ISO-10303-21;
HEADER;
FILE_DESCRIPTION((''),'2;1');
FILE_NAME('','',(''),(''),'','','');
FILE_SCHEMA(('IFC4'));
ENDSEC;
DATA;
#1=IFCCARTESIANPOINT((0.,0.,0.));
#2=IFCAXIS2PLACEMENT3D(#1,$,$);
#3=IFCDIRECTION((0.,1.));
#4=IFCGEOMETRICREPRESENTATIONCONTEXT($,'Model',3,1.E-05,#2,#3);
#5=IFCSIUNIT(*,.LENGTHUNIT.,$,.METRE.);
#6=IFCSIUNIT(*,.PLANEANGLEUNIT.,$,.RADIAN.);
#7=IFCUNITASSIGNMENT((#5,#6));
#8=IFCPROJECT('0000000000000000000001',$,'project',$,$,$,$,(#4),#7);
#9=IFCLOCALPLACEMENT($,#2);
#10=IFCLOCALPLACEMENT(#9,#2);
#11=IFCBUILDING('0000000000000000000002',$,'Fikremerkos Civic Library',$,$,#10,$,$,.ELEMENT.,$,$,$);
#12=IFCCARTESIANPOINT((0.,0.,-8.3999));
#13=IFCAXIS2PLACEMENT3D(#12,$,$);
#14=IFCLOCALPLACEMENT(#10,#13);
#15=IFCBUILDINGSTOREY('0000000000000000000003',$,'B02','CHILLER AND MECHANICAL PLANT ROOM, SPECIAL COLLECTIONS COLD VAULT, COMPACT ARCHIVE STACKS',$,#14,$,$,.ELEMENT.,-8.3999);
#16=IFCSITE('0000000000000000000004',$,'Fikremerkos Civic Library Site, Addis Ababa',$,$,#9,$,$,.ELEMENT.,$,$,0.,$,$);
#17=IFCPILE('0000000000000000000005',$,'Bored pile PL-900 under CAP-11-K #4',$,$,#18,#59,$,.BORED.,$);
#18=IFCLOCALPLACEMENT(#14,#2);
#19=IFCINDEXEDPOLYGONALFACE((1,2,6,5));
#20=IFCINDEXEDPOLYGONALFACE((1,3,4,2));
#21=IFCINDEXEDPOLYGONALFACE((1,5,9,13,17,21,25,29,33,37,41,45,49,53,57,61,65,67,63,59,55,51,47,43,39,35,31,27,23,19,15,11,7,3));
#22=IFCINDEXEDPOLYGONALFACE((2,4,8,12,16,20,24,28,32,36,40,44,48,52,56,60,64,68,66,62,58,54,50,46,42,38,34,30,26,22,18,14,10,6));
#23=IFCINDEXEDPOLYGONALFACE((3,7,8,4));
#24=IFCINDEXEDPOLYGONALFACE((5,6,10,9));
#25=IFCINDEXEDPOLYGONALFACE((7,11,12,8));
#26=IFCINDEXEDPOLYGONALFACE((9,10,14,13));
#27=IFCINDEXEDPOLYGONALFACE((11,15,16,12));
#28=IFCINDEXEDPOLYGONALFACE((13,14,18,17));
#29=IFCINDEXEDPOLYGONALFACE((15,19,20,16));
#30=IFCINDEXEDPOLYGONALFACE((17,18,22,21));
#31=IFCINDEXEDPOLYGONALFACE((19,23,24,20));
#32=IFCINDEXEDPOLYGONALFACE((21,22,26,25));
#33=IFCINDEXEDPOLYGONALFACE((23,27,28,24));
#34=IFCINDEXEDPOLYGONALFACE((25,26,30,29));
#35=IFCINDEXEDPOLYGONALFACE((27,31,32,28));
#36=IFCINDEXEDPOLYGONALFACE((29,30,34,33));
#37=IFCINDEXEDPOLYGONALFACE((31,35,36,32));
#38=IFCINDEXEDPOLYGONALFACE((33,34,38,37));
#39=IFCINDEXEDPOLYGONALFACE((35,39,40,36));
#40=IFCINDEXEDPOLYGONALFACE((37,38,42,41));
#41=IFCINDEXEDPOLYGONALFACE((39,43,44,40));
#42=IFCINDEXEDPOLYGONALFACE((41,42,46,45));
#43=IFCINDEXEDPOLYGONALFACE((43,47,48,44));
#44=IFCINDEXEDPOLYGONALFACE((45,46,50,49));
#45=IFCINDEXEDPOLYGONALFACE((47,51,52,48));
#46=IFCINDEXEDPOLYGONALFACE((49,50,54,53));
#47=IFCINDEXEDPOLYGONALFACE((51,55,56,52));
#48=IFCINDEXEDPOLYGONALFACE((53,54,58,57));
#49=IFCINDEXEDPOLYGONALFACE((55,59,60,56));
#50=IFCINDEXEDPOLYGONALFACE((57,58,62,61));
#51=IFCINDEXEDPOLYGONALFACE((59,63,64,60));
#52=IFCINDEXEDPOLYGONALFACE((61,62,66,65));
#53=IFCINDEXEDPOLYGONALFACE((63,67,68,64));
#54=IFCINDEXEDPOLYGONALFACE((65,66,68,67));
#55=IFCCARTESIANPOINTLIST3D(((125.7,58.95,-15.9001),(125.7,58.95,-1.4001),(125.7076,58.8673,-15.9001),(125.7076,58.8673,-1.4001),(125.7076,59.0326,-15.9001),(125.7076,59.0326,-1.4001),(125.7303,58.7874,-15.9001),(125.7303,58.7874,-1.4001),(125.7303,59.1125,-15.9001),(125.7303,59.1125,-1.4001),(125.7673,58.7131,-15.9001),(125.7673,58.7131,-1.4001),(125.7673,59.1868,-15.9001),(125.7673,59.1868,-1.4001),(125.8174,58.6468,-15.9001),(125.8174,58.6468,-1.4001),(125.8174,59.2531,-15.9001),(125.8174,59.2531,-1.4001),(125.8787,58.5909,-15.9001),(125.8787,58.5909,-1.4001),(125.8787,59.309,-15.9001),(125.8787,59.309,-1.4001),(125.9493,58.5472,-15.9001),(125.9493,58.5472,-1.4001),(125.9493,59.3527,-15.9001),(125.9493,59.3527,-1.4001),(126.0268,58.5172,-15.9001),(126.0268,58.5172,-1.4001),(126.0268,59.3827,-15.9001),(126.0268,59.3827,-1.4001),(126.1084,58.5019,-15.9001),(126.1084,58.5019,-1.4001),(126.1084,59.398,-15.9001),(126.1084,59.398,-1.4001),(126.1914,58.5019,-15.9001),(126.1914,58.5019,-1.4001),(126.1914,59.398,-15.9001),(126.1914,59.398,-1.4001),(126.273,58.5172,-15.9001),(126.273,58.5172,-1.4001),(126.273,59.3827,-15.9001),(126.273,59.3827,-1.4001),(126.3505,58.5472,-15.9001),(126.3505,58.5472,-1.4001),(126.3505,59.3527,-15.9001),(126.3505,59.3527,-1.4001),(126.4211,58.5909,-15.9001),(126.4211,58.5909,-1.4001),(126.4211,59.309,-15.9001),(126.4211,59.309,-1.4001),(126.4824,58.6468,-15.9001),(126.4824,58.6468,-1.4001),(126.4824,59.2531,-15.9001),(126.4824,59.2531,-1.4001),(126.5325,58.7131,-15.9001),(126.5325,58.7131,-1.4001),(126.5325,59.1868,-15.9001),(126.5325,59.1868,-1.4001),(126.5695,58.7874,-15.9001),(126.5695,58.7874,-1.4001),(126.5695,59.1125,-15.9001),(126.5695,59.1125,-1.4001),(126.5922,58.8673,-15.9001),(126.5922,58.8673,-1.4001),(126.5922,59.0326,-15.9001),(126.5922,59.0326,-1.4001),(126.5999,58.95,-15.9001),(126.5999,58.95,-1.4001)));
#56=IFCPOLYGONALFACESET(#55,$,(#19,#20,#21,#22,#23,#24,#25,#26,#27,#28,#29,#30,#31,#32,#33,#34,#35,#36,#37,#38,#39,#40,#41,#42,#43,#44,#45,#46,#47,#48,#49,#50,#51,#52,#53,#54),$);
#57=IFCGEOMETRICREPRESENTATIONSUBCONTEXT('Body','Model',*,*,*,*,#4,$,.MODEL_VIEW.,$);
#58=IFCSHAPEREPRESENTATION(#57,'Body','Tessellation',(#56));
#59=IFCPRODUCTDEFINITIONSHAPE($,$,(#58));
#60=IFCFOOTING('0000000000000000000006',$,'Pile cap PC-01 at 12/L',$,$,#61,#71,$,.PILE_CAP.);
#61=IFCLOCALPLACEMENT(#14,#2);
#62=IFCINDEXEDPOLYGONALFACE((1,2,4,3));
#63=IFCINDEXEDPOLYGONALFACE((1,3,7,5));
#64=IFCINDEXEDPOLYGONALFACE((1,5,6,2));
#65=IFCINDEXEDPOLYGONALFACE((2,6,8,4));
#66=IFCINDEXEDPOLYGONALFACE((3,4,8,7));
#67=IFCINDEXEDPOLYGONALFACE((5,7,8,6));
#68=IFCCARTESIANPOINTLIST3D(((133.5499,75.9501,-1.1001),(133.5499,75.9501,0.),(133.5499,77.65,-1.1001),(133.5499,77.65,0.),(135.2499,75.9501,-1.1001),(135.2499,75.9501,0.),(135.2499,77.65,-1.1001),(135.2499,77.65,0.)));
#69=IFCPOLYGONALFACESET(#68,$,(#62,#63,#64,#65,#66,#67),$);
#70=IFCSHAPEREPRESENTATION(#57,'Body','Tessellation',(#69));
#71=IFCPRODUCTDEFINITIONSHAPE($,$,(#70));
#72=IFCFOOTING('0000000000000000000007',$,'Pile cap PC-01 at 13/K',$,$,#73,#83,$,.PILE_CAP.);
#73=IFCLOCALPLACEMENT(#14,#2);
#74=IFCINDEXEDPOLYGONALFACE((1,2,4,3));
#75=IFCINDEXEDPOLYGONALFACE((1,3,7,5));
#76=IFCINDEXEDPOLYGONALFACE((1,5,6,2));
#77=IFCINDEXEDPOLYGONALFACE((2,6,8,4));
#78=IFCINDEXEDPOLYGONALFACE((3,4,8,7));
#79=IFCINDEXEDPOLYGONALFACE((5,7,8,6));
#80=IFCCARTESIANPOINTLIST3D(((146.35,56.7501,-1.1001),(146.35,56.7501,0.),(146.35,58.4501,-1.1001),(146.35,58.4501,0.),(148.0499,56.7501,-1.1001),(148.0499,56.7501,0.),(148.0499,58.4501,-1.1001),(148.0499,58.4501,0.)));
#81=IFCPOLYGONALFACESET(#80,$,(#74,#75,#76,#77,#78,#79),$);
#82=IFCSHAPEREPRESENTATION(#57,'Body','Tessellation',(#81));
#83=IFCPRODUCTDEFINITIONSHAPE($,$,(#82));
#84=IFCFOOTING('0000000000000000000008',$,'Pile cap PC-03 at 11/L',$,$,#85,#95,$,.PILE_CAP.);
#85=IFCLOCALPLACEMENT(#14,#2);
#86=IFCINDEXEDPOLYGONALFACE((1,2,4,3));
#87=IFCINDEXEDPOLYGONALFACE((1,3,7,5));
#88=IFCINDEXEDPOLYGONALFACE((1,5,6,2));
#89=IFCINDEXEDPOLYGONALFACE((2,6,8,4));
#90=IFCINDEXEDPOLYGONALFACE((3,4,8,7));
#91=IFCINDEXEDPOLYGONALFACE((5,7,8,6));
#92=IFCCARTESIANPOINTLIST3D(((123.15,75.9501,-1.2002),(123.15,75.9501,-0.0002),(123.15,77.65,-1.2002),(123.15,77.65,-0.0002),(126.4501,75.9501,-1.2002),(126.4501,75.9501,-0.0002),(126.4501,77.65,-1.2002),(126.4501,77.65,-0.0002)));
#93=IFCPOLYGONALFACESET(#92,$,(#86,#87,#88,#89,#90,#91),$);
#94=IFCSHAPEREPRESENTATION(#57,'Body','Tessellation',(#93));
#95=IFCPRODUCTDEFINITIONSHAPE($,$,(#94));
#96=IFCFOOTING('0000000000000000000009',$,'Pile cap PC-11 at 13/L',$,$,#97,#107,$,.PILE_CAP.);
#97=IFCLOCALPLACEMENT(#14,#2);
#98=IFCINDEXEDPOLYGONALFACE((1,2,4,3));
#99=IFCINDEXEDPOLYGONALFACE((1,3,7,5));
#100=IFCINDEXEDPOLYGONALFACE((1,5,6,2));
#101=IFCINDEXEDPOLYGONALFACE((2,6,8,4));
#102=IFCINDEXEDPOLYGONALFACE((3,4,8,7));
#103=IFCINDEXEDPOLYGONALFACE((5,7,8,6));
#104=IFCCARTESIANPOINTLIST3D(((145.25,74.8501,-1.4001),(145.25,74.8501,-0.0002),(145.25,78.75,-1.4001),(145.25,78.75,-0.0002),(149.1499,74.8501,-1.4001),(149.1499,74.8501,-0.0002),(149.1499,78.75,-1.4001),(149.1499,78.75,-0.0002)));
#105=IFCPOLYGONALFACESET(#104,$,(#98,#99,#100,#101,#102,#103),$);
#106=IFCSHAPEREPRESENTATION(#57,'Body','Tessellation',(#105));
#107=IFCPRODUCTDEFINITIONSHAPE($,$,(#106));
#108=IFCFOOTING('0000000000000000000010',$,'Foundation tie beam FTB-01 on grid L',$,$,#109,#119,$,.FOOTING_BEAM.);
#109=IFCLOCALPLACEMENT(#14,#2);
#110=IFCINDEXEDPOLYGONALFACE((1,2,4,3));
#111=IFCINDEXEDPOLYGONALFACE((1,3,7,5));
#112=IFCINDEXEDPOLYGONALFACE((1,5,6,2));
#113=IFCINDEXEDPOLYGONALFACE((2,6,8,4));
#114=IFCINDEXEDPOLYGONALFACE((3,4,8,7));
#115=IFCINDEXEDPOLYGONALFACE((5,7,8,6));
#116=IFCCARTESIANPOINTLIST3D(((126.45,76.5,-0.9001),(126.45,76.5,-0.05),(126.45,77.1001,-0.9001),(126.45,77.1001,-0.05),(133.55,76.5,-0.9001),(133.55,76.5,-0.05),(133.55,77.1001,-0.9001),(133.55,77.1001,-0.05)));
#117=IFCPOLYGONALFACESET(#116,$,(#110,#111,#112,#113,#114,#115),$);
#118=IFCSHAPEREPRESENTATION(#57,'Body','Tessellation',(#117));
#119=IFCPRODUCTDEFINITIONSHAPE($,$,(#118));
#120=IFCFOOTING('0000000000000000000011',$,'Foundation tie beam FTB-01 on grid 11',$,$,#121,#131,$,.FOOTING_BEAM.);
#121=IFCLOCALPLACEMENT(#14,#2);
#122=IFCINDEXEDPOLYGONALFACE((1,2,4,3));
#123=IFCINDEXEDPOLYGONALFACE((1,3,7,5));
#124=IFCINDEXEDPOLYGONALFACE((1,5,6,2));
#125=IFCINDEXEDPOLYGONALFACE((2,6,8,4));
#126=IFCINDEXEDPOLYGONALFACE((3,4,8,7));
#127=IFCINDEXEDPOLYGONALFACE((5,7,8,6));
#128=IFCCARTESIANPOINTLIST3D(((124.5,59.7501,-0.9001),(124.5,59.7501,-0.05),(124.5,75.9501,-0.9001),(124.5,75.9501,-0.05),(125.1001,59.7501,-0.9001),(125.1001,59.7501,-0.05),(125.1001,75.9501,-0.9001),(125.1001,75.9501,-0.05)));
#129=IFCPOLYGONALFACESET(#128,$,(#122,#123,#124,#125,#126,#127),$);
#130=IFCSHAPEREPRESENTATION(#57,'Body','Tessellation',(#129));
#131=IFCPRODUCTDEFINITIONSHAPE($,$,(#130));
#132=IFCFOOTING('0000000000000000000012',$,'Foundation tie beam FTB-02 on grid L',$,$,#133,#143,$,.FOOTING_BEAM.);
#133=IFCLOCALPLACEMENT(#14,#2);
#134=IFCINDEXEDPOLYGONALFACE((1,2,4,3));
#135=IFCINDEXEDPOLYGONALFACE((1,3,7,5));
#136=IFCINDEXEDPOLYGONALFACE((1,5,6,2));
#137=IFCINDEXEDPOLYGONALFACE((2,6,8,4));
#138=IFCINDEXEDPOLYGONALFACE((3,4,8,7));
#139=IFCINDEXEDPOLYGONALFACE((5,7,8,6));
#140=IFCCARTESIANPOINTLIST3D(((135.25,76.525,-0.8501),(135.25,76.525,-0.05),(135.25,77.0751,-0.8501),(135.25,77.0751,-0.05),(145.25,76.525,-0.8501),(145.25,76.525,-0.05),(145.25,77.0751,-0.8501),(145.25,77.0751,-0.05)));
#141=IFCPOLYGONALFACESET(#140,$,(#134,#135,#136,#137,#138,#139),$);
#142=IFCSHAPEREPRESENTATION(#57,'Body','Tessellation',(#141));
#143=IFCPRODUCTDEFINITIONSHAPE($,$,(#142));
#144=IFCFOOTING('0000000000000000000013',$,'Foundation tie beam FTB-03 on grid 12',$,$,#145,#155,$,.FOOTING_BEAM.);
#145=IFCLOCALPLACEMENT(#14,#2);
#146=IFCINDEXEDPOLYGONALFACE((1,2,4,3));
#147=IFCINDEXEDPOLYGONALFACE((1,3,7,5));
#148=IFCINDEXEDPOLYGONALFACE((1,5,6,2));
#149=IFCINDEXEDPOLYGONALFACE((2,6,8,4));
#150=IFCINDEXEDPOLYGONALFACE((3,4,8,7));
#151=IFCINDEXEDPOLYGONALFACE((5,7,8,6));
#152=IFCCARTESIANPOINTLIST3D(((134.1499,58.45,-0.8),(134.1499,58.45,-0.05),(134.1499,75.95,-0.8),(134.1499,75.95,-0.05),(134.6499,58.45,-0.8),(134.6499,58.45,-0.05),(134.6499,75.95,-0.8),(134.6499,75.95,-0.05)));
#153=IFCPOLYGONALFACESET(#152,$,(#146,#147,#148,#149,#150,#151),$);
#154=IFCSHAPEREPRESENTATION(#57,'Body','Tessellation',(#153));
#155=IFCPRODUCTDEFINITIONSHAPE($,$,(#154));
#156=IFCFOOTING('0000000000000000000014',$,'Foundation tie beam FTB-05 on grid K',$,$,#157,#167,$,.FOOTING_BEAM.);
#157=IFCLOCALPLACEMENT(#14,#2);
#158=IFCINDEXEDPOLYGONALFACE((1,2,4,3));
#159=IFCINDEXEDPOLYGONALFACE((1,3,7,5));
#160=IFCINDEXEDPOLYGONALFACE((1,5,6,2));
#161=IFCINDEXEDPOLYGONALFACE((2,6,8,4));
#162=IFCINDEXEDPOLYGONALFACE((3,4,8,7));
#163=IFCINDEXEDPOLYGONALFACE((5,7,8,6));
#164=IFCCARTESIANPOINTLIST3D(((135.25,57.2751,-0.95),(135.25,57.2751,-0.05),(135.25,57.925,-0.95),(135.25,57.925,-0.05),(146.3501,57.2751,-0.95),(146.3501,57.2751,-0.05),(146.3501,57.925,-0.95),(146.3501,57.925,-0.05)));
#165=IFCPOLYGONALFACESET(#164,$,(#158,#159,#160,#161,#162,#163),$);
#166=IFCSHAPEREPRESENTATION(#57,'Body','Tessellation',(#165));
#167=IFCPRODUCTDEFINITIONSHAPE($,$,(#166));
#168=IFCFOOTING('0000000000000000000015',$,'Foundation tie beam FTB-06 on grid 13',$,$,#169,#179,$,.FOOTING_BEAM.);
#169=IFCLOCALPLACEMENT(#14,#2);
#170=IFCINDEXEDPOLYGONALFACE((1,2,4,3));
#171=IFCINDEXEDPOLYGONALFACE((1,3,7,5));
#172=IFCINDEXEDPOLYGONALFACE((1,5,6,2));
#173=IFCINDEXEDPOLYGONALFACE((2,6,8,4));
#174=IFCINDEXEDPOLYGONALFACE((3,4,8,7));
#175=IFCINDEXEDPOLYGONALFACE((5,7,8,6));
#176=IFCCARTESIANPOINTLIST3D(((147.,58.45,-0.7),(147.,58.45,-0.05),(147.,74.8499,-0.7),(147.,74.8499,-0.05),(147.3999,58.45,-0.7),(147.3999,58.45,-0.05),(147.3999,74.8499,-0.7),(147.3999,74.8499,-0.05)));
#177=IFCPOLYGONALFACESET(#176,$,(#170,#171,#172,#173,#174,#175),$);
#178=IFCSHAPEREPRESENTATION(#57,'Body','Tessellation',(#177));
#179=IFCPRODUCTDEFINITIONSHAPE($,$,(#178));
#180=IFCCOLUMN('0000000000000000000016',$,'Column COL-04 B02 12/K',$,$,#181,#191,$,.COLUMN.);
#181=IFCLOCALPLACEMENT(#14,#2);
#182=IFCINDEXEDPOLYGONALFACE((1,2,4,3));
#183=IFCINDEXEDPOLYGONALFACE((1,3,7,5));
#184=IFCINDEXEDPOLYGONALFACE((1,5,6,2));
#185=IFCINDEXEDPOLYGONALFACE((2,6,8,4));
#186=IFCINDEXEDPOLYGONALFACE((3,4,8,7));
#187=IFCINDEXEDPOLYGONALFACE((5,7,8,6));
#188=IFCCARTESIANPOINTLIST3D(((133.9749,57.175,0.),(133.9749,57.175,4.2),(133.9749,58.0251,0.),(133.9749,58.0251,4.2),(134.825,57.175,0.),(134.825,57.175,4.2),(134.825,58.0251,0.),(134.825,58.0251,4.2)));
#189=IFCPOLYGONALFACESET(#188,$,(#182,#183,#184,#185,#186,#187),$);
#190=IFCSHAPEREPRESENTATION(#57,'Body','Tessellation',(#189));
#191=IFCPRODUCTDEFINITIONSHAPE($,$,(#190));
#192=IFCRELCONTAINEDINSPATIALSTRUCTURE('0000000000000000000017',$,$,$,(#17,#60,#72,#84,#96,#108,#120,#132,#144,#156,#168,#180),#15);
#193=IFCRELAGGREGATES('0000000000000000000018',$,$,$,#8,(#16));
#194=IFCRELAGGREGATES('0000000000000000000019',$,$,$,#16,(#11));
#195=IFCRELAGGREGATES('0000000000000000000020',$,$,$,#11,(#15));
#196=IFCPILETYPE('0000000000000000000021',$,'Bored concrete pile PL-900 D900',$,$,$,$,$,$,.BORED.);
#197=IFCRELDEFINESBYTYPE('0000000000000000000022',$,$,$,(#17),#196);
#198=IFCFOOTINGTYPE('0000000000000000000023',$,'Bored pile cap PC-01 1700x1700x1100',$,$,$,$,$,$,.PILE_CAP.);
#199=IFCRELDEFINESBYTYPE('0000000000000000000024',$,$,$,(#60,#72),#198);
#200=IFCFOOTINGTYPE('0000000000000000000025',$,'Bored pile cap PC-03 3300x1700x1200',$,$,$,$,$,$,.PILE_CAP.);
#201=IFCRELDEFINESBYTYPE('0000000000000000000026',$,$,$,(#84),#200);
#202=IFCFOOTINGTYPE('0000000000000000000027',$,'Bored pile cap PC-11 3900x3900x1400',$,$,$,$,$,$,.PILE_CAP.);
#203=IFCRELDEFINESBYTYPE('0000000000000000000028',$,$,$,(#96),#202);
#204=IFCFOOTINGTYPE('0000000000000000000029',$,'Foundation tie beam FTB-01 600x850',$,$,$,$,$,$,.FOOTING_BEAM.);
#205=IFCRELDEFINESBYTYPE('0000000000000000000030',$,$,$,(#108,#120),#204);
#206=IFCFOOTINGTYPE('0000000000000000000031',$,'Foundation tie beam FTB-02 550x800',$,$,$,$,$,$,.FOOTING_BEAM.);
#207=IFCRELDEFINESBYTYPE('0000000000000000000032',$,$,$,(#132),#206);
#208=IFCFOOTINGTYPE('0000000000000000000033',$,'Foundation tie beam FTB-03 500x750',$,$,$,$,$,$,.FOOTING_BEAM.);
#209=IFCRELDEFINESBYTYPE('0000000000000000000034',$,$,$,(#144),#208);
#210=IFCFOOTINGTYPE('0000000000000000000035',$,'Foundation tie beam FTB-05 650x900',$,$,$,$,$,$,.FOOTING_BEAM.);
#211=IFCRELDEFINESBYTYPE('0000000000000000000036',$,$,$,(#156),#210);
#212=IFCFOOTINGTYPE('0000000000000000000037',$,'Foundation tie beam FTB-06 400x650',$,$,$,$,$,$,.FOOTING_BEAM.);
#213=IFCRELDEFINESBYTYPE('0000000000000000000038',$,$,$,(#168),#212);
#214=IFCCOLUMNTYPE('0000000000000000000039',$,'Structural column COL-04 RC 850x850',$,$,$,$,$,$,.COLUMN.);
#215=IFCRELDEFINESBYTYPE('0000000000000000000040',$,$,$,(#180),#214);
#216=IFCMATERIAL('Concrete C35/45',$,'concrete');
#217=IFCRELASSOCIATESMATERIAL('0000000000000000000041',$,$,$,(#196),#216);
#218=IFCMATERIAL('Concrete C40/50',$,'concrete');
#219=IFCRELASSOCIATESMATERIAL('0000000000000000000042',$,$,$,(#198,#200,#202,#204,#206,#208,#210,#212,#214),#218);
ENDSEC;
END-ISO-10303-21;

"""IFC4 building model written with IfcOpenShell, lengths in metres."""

from ifc_helpers import new_model, si_unit, direction, frame, origin, origin_2d, place, context, subcontext, project, spatial, rectangle, circle, extrude, material, material_profile, profile_set, type_object, element, save


model = new_model("IFC4")

# Units and contexts
model_context = context("Model", 3, precision=1e-05, world=origin(), true_north=direction((0.0, 1.0)))
body_context = subcontext(model_context, "Body", "Model", "MODEL_VIEW")
ifc_project = project(units=[si_unit("LENGTHUNIT", "METRE"), si_unit("PLANEANGLEUNIT", "RADIAN")], contexts=[model_context])

# Site, building, storey
site_placement = place(None, origin())
site = spatial("IfcSite", under=ifc_project, at=site_placement, Name="Fikremerkos Civic Library Site, Addis Ababa", CompositionType="ELEMENT", RefElevation=0.0)
building_placement = place(site_placement, origin())
building = spatial("IfcBuilding", under=site, at=building_placement, Name="Fikremerkos Civic Library", CompositionType="ELEMENT")
storey_placement = place(building_placement, frame((0.0, 0.0, -8.3999)))
storey = spatial("IfcBuildingStorey", under=building, at=storey_placement, Name="B02", Description="CHILLER AND MECHANICAL PLANT ROOM, SPECIAL COLLECTIONS COLD VAULT, COMPACT ARCHIVE STACKS", CompositionType="ELEMENT", Elevation=-8.3999)

# Pile
ifc_material_1 = material(Name="Concrete C35/45", Category="concrete")
ifc_material_profile_1 = material_profile(ifc_material_1, circle(Radius=0.45, at=origin_2d()), Name="BORED PILE 900")
ifc_profile_set_1 = profile_set([ifc_material_profile_1], Name="Concrete C35/45")
pile_type_1 = type_object("IfcPileType", Name="Bored concrete pile PL-900 D900", PredefinedType="BORED", material=ifc_profile_set_1)
pile_placement = place(storey_placement, frame((126.1499, 58.95, -1.4001), z_axis=(0.0, 0.0, -1.0), x_axis=(1.0, 0.0, 0.0)))
element("IfcPile", 1, at=pile_placement, inside=storey, type_object=pile_type_1, Name="Bored pile PL-900 under CAP-11-K #4", PredefinedType="BORED", context=body_context, shape_type="SweptSolid", body=[
    extrude(circle(Radius=0.45, at=origin_2d()), origin(), (0.0, 0.0, 1.0), 14.5),
])

# Footings
ifc_material_2 = material(Name="Concrete C40/50", Category="concrete")
footing_type_1 = type_object("IfcFootingType", Name="Bored pile cap PC-01 1700x1700x1100", PredefinedType="PILE_CAP", material=ifc_material_2)
for number, where, z_axis, x_axis, name in (
    (2, (134.3999, 76.8, -1.1001), (0.0, 0.0, 1.0), (1.0, 0.0, 0.0), "Pile cap PC-01 at 12/L"),
    (3, (147.2, 57.6001, -1.1001), (0.0, 0.0, 1.0), (1.0, 0.0, 0.0), "Pile cap PC-01 at 13/K"),
):
    element("IfcFooting", number, at=place(storey_placement, frame(where, z_axis=z_axis, x_axis=x_axis)), inside=storey, type_object=footing_type_1, Name=name, PredefinedType="PILE_CAP", context=body_context, shape_type="SweptSolid", body=[
        extrude(rectangle(XDim=1.7, YDim=1.7, at=origin_2d()), origin(), (0.0, 0.0, 1.0), 1.1001),
    ])
footing_type_2 = type_object("IfcFootingType", Name="Bored pile cap PC-03 3300x1700x1200", PredefinedType="PILE_CAP", material=ifc_material_2)
footing_1_placement = place(storey_placement, frame((124.8, 76.8, -1.2002), z_axis=(0.0, 0.0, 1.0), x_axis=(1.0, 0.0, 0.0)))
element("IfcFooting", 4, at=footing_1_placement, inside=storey, type_object=footing_type_2, Name="Pile cap PC-03 at 11/L", PredefinedType="PILE_CAP", context=body_context, shape_type="SweptSolid", body=[
    extrude(rectangle(XDim=3.3, YDim=1.7, at=origin_2d()), origin(), (0.0, 0.0, 1.0), 1.2),
])
footing_type_3 = type_object("IfcFootingType", Name="Bored pile cap PC-11 3900x3900x1400", PredefinedType="PILE_CAP", material=ifc_material_2)
footing_2_placement = place(storey_placement, frame((147.2, 76.8, -1.4001), z_axis=(0.0, 0.0, 1.0), x_axis=(1.0, 0.0, 0.0)))
element("IfcFooting", 5, at=footing_2_placement, inside=storey, type_object=footing_type_3, Name="Pile cap PC-11 at 13/L", PredefinedType="PILE_CAP", context=body_context, shape_type="SweptSolid", body=[
    extrude(rectangle(XDim=3.8999, YDim=3.8999, at=origin_2d()), origin(), (0.0, 0.0, 1.0), 1.3999),
])
footing_type_4 = type_object("IfcFootingType", Name="Foundation tie beam FTB-01 600x850", PredefinedType="FOOTING_BEAM", material=ifc_material_2)
footing_3_placement = place(storey_placement, frame((130.0, 76.8, -0.9001), z_axis=(0.0, 0.0, 1.0), x_axis=(1.0, 0.0, 0.0)))
element("IfcFooting", 6, at=footing_3_placement, inside=storey, type_object=footing_type_4, Name="Foundation tie beam FTB-01 on grid L", PredefinedType="FOOTING_BEAM", context=body_context, shape_type="SweptSolid", body=[
    extrude(rectangle(XDim=7.1001, YDim=0.6001, at=origin_2d()), origin(), (0.0, 0.0, 1.0), 0.8501),
])
footing_4_placement = place(storey_placement, frame((124.8, 67.8501, -0.9001), z_axis=(0.0, 0.0, 1.0), x_axis=(0.0, 1.0, 0.0)))
element("IfcFooting", 7, at=footing_4_placement, inside=storey, type_object=footing_type_4, Name="Foundation tie beam FTB-01 on grid 11", PredefinedType="FOOTING_BEAM", context=body_context, shape_type="SweptSolid", body=[
    extrude(rectangle(XDim=16.2, YDim=0.6001, at=origin_2d()), origin(), (0.0, 0.0, 1.0), 0.8501),
])
footing_type_5 = type_object("IfcFootingType", Name="Foundation tie beam FTB-02 550x800", PredefinedType="FOOTING_BEAM", material=ifc_material_2)
footing_5_placement = place(storey_placement, frame((140.25, 76.8, -0.8501), z_axis=(0.0, 0.0, 1.0), x_axis=(1.0, 0.0, 0.0)))
element("IfcFooting", 8, at=footing_5_placement, inside=storey, type_object=footing_type_5, Name="Foundation tie beam FTB-02 on grid L", PredefinedType="FOOTING_BEAM", context=body_context, shape_type="SweptSolid", body=[
    extrude(rectangle(XDim=10.0, YDim=0.55, at=origin_2d()), origin(), (0.0, 0.0, 1.0), 0.8),
])
footing_type_6 = type_object("IfcFootingType", Name="Foundation tie beam FTB-03 500x750", PredefinedType="FOOTING_BEAM", material=ifc_material_2)
footing_6_placement = place(storey_placement, frame((134.3999, 67.2, -0.8), z_axis=(0.0, 0.0, 1.0), x_axis=(0.0, 1.0, 0.0)))
element("IfcFooting", 9, at=footing_6_placement, inside=storey, type_object=footing_type_6, Name="Foundation tie beam FTB-03 on grid 12", PredefinedType="FOOTING_BEAM", context=body_context, shape_type="SweptSolid", body=[
    extrude(rectangle(XDim=17.5, YDim=0.5, at=origin_2d()), origin(), (0.0, 0.0, 1.0), 0.75),
])
footing_type_7 = type_object("IfcFootingType", Name="Foundation tie beam FTB-05 650x900", PredefinedType="FOOTING_BEAM", material=ifc_material_2)
footing_7_placement = place(storey_placement, frame((140.8, 57.6001, -0.95), z_axis=(0.0, 0.0, 1.0), x_axis=(1.0, 0.0, 0.0)))
element("IfcFooting", 10, at=footing_7_placement, inside=storey, type_object=footing_type_7, Name="Foundation tie beam FTB-05 on grid K", PredefinedType="FOOTING_BEAM", context=body_context, shape_type="SweptSolid", body=[
    extrude(rectangle(XDim=11.1001, YDim=0.6499, at=origin_2d()), origin(), (0.0, 0.0, 1.0), 0.8999),
])
footing_type_8 = type_object("IfcFootingType", Name="Foundation tie beam FTB-06 400x650", PredefinedType="FOOTING_BEAM", material=ifc_material_2)
footing_8_placement = place(storey_placement, frame((147.2, 66.6499, -0.7), z_axis=(0.0, 0.0, 1.0), x_axis=(0.0, 1.0, 0.0)))
element("IfcFooting", 11, at=footing_8_placement, inside=storey, type_object=footing_type_8, Name="Foundation tie beam FTB-06 on grid 13", PredefinedType="FOOTING_BEAM", context=body_context, shape_type="SweptSolid", body=[
    extrude(rectangle(XDim=16.3999, YDim=0.3999, at=origin_2d()), origin(), (0.0, 0.0, 1.0), 0.6499),
])

# Column
ifc_material_profile_2 = material_profile(ifc_material_2, rectangle(XDim=0.8501, YDim=0.8501, at=origin_2d()), Name="RC 850x850")
ifc_profile_set_2 = profile_set([ifc_material_profile_2], Name="Concrete C40/50")
column_type_1 = type_object("IfcColumnType", Name="Structural column COL-04 RC 850x850", PredefinedType="COLUMN", material=ifc_profile_set_2)
for number, where, z_axis, x_axis, name in (
    (12, (134.3999, 57.6001, 0.0), (0.0, 0.0, 1.0), (1.0, 0.0, 0.0), "Column COL-04 B02 12/K"),
):
    element("IfcColumn", number, at=place(storey_placement, frame(where, z_axis=z_axis, x_axis=x_axis)), inside=storey, type_object=column_type_1, Name=name, PredefinedType="COLUMN", context=body_context, shape_type="SweptSolid", body=[
        extrude(rectangle(XDim=0.8501, YDim=0.8501, at=origin_2d()), origin(), (0.0, 0.0, 1.0), 4.2),
    ])

save(model, "model.ifc")
